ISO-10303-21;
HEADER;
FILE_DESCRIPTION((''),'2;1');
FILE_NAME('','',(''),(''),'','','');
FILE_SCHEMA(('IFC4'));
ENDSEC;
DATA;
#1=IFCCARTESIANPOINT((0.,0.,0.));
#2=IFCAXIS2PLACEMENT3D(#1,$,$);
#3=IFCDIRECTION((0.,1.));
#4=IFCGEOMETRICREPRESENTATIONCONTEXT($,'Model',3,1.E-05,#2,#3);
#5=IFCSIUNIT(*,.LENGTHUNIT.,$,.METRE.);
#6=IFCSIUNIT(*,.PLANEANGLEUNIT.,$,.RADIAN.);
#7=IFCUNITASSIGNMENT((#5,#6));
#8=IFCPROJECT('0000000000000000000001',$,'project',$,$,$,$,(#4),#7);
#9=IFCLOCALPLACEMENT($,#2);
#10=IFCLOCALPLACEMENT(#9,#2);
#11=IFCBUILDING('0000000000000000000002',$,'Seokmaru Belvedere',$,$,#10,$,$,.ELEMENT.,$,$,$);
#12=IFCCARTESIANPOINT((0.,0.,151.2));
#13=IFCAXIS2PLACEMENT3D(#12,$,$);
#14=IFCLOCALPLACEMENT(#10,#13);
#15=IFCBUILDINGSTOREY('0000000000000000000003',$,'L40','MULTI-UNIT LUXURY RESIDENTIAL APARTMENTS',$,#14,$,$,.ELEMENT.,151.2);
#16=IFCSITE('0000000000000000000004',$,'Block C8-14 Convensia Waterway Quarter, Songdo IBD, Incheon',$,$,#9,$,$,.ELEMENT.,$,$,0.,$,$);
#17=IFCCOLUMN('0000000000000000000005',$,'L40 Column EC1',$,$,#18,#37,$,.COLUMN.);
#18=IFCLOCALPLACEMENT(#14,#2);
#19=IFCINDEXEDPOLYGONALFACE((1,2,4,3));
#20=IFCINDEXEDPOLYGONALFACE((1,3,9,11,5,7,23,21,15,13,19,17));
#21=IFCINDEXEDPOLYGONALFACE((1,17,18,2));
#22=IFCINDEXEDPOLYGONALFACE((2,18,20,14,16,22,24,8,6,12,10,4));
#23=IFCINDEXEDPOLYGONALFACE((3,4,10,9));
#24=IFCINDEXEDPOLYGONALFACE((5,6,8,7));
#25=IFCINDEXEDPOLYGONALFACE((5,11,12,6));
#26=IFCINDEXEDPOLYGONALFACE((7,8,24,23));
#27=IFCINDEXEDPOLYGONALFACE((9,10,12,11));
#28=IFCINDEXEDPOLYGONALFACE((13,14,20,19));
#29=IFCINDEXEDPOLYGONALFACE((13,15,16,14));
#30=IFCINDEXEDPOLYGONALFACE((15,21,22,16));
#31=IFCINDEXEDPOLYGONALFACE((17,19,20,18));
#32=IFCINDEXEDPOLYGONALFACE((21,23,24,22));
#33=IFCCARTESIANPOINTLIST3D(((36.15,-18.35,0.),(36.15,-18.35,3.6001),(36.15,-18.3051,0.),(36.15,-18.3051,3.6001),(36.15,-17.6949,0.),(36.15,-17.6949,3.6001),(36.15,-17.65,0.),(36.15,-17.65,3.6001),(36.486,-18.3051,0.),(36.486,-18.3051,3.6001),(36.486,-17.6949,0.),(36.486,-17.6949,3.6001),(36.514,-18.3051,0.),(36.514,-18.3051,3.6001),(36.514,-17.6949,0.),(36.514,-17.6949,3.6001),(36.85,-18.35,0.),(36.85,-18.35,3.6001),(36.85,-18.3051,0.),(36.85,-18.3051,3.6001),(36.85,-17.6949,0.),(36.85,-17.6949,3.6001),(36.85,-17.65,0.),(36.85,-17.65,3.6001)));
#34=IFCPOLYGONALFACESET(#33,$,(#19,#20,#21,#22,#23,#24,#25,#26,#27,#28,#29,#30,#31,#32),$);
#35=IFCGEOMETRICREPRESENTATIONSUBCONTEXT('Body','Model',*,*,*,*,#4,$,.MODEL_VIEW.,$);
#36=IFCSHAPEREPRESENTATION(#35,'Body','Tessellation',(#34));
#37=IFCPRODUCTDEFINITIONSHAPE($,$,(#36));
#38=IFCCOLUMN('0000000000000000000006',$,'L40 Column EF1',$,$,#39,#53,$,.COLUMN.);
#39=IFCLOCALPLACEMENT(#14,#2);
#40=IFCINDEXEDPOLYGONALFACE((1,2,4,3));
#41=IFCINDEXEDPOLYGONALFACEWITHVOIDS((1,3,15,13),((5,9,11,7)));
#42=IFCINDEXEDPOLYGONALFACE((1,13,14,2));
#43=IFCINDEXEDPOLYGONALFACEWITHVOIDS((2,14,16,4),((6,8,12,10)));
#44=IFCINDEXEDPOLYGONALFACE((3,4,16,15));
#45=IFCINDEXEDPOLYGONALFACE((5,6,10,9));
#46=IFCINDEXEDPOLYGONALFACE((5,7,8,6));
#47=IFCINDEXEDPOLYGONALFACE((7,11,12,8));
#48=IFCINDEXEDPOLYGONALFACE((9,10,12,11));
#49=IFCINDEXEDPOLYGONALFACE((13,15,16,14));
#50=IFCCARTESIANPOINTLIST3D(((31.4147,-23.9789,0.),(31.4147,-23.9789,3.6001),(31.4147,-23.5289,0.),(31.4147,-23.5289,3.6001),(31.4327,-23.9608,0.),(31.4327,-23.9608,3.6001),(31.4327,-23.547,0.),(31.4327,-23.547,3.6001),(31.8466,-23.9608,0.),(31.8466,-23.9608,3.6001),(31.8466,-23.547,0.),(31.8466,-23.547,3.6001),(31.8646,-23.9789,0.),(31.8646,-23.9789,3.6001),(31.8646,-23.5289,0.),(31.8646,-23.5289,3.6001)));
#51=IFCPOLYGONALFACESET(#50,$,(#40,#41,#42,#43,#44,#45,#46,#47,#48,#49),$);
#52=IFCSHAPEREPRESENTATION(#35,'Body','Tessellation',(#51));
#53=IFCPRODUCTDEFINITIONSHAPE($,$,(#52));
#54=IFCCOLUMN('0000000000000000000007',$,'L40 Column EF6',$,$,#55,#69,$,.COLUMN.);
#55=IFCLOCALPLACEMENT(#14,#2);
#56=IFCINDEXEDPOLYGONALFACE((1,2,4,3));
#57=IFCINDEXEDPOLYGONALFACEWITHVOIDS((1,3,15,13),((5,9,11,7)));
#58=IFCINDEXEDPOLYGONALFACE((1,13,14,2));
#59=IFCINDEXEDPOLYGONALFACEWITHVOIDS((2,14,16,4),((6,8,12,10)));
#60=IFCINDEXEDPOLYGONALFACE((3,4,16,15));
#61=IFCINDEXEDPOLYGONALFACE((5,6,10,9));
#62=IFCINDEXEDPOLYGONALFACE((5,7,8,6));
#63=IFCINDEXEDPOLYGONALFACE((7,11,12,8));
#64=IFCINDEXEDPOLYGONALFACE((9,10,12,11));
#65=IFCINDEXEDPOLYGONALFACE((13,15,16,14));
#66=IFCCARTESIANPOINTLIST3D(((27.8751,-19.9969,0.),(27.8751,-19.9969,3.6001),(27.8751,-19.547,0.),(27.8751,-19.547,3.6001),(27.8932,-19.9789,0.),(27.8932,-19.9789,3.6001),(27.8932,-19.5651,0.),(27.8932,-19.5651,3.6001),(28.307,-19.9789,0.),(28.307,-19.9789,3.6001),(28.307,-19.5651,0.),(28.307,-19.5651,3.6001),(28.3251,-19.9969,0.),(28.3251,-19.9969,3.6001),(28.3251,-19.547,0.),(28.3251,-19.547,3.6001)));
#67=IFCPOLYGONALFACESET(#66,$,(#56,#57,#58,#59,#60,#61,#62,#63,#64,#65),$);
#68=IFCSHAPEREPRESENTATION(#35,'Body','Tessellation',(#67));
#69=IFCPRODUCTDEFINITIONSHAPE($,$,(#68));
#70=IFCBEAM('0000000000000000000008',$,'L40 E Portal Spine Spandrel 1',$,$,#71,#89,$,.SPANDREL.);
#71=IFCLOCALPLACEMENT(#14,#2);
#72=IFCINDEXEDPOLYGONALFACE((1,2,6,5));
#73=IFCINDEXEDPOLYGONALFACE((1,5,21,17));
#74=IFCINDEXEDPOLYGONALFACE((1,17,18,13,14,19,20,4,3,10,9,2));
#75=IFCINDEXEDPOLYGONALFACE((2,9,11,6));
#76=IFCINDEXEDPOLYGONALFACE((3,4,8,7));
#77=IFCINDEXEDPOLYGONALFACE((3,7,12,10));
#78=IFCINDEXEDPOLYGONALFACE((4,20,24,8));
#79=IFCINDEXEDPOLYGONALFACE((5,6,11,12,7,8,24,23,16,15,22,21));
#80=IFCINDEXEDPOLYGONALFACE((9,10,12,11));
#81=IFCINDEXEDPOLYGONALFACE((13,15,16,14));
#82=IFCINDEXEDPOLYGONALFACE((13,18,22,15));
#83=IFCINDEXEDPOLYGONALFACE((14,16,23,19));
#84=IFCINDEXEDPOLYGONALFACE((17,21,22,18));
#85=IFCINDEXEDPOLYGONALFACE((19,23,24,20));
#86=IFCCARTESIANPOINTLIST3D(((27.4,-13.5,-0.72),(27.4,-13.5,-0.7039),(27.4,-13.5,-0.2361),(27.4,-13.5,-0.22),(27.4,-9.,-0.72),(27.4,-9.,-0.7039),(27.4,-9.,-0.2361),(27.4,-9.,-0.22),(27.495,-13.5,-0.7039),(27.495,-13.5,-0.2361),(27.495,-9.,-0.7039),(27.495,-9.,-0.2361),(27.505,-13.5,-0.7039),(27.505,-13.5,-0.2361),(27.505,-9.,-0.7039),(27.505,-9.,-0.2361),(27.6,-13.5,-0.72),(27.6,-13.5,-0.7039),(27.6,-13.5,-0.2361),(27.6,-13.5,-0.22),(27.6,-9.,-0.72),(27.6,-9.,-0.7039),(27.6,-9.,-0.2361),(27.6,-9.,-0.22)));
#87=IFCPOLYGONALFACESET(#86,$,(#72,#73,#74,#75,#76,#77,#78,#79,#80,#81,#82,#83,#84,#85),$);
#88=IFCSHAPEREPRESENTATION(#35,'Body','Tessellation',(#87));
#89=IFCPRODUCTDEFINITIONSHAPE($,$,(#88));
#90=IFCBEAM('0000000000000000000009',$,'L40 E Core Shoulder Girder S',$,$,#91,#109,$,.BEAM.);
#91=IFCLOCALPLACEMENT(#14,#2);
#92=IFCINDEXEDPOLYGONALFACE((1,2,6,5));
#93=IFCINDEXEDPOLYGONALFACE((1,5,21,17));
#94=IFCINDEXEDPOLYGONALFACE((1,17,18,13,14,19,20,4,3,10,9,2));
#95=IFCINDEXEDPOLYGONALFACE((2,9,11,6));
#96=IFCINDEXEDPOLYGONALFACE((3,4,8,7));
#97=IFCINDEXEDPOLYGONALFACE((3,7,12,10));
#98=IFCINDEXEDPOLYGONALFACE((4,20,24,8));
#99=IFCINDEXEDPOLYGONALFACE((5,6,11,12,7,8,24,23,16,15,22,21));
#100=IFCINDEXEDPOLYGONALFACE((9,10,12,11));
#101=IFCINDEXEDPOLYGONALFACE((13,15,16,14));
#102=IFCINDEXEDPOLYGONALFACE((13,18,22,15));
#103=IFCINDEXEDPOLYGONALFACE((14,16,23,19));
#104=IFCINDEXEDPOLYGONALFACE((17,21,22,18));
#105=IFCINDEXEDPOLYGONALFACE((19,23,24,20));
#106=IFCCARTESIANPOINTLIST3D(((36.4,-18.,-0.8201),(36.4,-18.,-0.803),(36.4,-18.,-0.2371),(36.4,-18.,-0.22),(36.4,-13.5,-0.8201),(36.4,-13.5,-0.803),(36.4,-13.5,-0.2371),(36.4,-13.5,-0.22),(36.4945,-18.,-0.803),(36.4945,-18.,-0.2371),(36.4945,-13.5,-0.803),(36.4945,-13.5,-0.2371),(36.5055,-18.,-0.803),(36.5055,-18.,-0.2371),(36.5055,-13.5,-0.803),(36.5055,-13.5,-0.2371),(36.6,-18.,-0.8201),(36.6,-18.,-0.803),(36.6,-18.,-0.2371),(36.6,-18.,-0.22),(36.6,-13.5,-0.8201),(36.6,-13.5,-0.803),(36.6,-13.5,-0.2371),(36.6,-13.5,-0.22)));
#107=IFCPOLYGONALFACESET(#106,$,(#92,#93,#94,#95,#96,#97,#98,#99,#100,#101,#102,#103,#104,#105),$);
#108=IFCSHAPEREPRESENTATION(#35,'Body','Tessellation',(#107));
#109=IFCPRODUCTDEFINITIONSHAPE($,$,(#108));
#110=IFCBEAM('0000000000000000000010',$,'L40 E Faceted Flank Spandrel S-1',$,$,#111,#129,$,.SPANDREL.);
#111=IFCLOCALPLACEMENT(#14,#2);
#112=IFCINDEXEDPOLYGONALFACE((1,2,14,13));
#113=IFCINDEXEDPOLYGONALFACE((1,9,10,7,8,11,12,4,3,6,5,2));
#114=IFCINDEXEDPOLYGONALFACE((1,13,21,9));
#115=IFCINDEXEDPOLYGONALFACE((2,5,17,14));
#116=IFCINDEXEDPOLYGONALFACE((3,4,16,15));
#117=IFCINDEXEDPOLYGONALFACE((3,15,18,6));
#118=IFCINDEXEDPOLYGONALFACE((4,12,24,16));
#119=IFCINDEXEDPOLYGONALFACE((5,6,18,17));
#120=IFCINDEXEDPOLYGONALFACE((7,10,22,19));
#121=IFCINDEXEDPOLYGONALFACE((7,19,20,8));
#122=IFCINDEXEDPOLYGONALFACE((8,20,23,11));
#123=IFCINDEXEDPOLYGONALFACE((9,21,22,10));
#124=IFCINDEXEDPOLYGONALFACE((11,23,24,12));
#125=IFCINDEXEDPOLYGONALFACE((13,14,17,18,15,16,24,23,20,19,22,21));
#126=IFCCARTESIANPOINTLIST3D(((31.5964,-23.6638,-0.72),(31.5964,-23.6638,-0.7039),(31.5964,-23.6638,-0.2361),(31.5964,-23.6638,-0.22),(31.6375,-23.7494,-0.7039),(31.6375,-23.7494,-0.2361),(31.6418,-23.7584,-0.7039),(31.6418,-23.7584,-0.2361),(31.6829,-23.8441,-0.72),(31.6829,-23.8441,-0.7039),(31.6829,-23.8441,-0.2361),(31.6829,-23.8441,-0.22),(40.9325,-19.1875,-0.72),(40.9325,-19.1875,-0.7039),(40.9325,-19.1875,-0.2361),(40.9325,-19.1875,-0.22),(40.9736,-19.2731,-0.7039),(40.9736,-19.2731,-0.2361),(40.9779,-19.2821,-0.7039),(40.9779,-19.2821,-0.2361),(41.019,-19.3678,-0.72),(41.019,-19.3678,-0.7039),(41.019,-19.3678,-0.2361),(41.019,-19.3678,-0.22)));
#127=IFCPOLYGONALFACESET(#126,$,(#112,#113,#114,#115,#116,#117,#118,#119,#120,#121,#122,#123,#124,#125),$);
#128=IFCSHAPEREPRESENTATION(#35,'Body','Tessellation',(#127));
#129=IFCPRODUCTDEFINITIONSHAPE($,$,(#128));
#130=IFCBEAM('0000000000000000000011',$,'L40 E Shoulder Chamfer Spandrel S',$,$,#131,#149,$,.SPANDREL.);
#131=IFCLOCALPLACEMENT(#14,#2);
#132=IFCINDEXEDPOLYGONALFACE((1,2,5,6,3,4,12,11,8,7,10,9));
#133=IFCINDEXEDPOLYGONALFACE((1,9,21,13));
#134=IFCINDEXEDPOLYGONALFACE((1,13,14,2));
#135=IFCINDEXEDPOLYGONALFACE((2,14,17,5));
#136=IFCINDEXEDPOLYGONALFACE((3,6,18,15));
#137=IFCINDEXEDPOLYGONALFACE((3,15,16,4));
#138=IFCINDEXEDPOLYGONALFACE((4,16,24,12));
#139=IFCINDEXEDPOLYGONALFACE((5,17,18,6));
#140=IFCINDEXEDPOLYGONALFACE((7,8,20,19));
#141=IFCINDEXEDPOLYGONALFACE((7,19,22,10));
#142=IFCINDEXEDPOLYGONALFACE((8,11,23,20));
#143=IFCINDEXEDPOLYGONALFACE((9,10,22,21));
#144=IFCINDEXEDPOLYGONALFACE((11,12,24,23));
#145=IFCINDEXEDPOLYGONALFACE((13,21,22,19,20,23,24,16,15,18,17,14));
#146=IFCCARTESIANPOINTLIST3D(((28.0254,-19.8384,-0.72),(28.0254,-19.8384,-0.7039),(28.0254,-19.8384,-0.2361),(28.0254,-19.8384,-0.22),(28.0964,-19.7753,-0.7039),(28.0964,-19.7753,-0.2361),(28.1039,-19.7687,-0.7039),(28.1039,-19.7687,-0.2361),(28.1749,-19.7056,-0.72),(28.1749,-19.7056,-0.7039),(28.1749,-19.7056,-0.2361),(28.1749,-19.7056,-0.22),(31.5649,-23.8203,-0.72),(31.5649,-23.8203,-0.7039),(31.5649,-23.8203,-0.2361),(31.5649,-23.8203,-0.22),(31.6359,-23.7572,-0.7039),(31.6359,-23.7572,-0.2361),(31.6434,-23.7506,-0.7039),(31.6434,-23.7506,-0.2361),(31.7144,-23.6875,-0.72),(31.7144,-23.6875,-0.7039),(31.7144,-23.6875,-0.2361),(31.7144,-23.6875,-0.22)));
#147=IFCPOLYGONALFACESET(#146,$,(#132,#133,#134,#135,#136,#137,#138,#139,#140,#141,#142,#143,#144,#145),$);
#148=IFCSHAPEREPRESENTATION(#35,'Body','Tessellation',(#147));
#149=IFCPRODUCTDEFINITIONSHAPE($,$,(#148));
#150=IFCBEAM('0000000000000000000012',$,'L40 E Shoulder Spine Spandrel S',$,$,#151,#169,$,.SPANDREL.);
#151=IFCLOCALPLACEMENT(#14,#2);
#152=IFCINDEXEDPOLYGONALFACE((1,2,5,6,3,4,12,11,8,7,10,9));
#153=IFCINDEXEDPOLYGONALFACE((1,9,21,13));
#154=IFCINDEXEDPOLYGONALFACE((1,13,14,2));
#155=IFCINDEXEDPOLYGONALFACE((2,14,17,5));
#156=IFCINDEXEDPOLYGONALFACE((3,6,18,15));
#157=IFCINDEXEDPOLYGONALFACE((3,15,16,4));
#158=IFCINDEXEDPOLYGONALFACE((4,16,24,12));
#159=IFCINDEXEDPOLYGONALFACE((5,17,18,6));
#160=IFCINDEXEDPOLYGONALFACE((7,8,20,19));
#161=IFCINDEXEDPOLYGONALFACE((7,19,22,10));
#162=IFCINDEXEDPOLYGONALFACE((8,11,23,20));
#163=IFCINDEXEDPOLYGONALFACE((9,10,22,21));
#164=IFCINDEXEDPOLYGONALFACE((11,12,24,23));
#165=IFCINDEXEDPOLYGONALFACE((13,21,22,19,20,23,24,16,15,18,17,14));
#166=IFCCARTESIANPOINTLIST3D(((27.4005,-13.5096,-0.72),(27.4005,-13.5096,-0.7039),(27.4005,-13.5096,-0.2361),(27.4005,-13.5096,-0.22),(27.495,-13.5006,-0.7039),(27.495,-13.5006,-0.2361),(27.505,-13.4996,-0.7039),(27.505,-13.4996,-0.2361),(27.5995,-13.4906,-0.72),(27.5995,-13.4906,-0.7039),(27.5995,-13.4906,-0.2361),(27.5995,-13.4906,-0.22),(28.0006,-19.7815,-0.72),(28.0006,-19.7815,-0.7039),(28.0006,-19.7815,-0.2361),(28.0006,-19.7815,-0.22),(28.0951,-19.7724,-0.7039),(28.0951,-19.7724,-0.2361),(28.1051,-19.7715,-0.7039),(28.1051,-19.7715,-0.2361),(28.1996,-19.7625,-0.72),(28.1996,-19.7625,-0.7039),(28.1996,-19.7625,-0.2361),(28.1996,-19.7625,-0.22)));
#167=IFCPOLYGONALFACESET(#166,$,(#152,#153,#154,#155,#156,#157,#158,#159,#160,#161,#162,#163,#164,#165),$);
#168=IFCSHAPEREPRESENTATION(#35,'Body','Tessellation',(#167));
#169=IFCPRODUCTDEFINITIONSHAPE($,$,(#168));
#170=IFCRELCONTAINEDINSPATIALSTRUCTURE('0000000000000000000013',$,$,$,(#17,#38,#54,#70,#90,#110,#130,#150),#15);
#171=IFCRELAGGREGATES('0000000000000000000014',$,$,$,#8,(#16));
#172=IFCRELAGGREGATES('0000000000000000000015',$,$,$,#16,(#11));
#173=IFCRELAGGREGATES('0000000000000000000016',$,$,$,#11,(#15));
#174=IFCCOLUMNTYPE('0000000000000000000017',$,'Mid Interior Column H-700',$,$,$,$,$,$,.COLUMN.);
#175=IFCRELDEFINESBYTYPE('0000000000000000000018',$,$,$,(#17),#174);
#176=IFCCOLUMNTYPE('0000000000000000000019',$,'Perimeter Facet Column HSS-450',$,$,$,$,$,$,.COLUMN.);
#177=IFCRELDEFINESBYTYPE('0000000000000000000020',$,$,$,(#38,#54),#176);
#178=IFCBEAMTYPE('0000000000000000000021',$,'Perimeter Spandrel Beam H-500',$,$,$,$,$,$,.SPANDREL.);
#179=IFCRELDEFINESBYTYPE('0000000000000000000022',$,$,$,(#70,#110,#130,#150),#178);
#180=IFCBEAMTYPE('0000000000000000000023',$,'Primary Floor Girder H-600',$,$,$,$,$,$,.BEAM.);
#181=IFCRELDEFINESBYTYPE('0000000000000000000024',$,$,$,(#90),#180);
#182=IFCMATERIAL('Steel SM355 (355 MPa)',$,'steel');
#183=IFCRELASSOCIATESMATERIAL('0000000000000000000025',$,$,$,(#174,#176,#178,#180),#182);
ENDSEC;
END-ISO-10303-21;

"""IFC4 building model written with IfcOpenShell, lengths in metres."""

from ifc_helpers import new_model, si_unit, direction, frame, origin, origin_2d, place, context, subcontext, project, spatial, hollow_rectangle, i_section, extrude, source, transform, mapped, material, material_profile, profile_set, type_object, type_shapes, element, save


model = new_model("IFC4")

# Units and contexts
model_context = context("Model", 3, precision=1e-05, world=origin(), true_north=direction((0.0, 1.0)))
body_context = subcontext(model_context, "Body", "Model", "MODEL_VIEW")
ifc_project = project(units=[si_unit("LENGTHUNIT", "METRE"), si_unit("PLANEANGLEUNIT", "RADIAN")], contexts=[model_context])

# Site, building, storey
site_placement = place(None, origin())
site = spatial("IfcSite", under=ifc_project, at=site_placement, Name="Block C8-14 Convensia Waterway Quarter, Songdo IBD, Incheon", CompositionType="ELEMENT", RefElevation=0.0)
building_placement = place(site_placement, origin())
building = spatial("IfcBuilding", under=site, at=building_placement, Name="Seokmaru Belvedere", CompositionType="ELEMENT")
storey_placement = place(building_placement, frame((0.0, 0.0, 151.2)))
storey = spatial("IfcBuildingStorey", under=building, at=storey_placement, Name="L40", Description="MULTI-UNIT LUXURY RESIDENTIAL APARTMENTS", CompositionType="ELEMENT", Elevation=151.2)

# Columns
ifc_material_1 = material(Name="Steel SM355 (355 MPa)", Category="steel")
ifc_material_profile_1 = material_profile(ifc_material_1, i_section(OverallWidth=0.7, OverallDepth=0.7, WebThickness=0.0281, FlangeThickness=0.0449, at=origin_2d()), Name="H-700x700x28x45")
ifc_profile_set_1 = profile_set([ifc_material_profile_1], Name="Steel SM355 (355 MPa)")
column_type_1 = type_object("IfcColumnType", Name="Mid Interior Column H-700", PredefinedType="COLUMN", material=ifc_profile_set_1)
shared_shape_1 = source(origin(), body_context, "Body", "SweptSolid", [
    extrude(i_section(OverallWidth=0.7, OverallDepth=0.7, WebThickness=0.0281, FlangeThickness=0.0449, at=origin_2d()), origin(), (0.0, 0.0, 1.0), 3.6001),
])
type_shapes(column_type_1, [shared_shape_1])
column_placement = place(storey_placement, frame((36.5, -18.0, 0.0), z_axis=(0.0, 0.0, 1.0), x_axis=(1.0, 0.0, 0.0)))
element("IfcColumn", 1, at=column_placement, inside=storey, type_object=column_type_1, Name="L40 Column EC1", PredefinedType="COLUMN", context=body_context, shape_type="MappedRepresentation", body=[
    mapped(shared_shape_1, transform((0.0, 0.0, 0.0), scale=1.0)),
])
ifc_material_profile_2 = material_profile(ifc_material_1, hollow_rectangle(XDim=0.45, YDim=0.45, WallThickness=0.0181, at=origin_2d()), Name="HSS-450x450x18")
ifc_profile_set_2 = profile_set([ifc_material_profile_2], Name="Steel SM355 (355 MPa)")
column_type_2 = type_object("IfcColumnType", Name="Perimeter Facet Column HSS-450", PredefinedType="COLUMN", material=ifc_profile_set_2)
shared_shape_2 = source(origin(), body_context, "Body", "SweptSolid", [
    extrude(hollow_rectangle(XDim=0.45, YDim=0.45, WallThickness=0.0181, at=origin_2d()), origin(), (0.0, 0.0, 1.0), 3.6001),
])
type_shapes(column_type_2, [shared_shape_2])
for number, where, z_axis, x_axis, name in (
    (2, (31.6396, -23.7539, 0.0), (0.0, 0.0, 1.0), (1.0, 0.0, 0.0), "L40 Column EF1"),
    (3, (28.1001, -19.772, 0.0), (0.0, 0.0, 1.0), (1.0, 0.0, 0.0), "L40 Column EF6"),
):
    element("IfcColumn", number, at=place(storey_placement, frame(where, z_axis=z_axis, x_axis=x_axis)), inside=storey, type_object=column_type_2, Name=name, PredefinedType="COLUMN", context=body_context, shape_type="MappedRepresentation", body=[
        mapped(shared_shape_2, transform((0.0, 0.0, 0.0), scale=1.0)),
    ])

# Beams
ifc_material_profile_3 = material_profile(ifc_material_1, i_section(OverallWidth=0.2, OverallDepth=0.5, WebThickness=0.01, FlangeThickness=0.0161, at=origin_2d()), Name="H-500x200x10x16")
ifc_profile_set_3 = profile_set([ifc_material_profile_3], Name="Steel SM355 (355 MPa)")
beam_type_1 = type_object("IfcBeamType", Name="Perimeter Spandrel Beam H-500", PredefinedType="SPANDREL", material=ifc_profile_set_3)
shared_shape_3 = source(origin(), body_context, "Body", "SweptSolid", [
    extrude(i_section(OverallWidth=0.2, OverallDepth=0.5, WebThickness=0.01, FlangeThickness=0.0161, at=origin_2d()), origin(), (0.0, 0.0, 1.0), 4.5),
])
beam_1_placement = place(storey_placement, frame((27.5, -13.5, -0.47), z_axis=(0.0, 1.0, 0.0), x_axis=(-1.0, 0.0, 0.0)))
element("IfcBeam", 4, at=beam_1_placement, inside=storey, type_object=beam_type_1, Name="L40 E Portal Spine Spandrel 1", PredefinedType="SPANDREL", context=body_context, shape_type="MappedRepresentation", body=[
    mapped(shared_shape_3, transform((0.0, 0.0, 0.0), scale=1.0)),
])
ifc_material_profile_4 = material_profile(ifc_material_1, i_section(OverallWidth=0.2, OverallDepth=0.6001, WebThickness=0.011, FlangeThickness=0.0171, at=origin_2d()), Name="H-600x200x11x17")
ifc_profile_set_4 = profile_set([ifc_material_profile_4], Name="Steel SM355 (355 MPa)")
beam_type_2 = type_object("IfcBeamType", Name="Primary Floor Girder H-600", PredefinedType="BEAM", material=ifc_profile_set_4)
shared_shape_4 = source(origin(), body_context, "Body", "SweptSolid", [
    extrude(i_section(OverallWidth=0.2, OverallDepth=0.6001, WebThickness=0.011, FlangeThickness=0.0171, at=origin_2d()), origin(), (0.0, 0.0, 1.0), 4.5),
])
type_shapes(beam_type_2, [shared_shape_4])
beam_2_placement = place(storey_placement, frame((36.5, -18.0, -0.52), z_axis=(0.0, 1.0, 0.0), x_axis=(-1.0, 0.0, 0.0)))
element("IfcBeam", 5, at=beam_2_placement, inside=storey, type_object=beam_type_2, Name="L40 E Core Shoulder Girder S", PredefinedType="BEAM", context=body_context, shape_type="MappedRepresentation", body=[
    mapped(shared_shape_4, transform((0.0, 0.0, 0.0), scale=1.0)),
])
shared_shape_5 = source(origin(), body_context, "Body", "SweptSolid", [
    extrude(i_section(OverallWidth=0.2, OverallDepth=0.5, WebThickness=0.01, FlangeThickness=0.0161, at=origin_2d()), origin(), (0.0, 0.0, 1.0), 10.3538),
])
beam_3_placement = place(storey_placement, frame((31.6396, -23.7539, -0.47), z_axis=(0.901713, 0.432335, 0.0), x_axis=(-0.432335, 0.901713, 0.0)))
element("IfcBeam", 6, at=beam_3_placement, inside=storey, type_object=beam_type_1, Name="L40 E Faceted Flank Spandrel S-1", PredefinedType="SPANDREL", context=body_context, shape_type="MappedRepresentation", body=[
    mapped(shared_shape_5, transform((0.0, 0.0, 0.0), scale=1.0)),
])
shared_shape_6 = source(origin(), body_context, "Body", "SweptSolid", [
    extrude(i_section(OverallWidth=0.2, OverallDepth=0.5, WebThickness=0.01, FlangeThickness=0.0161, at=origin_2d()), origin(), (0.0, 0.0, 1.0), 5.3276),
])
beam_4_placement = place(storey_placement, frame((31.6396, -23.7539, -0.47), z_axis=(-0.66437, 0.747404, 0.0), x_axis=(-0.747404, -0.66437, 0.0)))
element("IfcBeam", 7, at=beam_4_placement, inside=storey, type_object=beam_type_1, Name="L40 E Shoulder Chamfer Spandrel S", PredefinedType="SPANDREL", context=body_context, shape_type="MappedRepresentation", body=[
    mapped(shared_shape_6, transform((0.0, 0.0, 0.0), scale=1.0)),
])
shared_shape_7 = source(origin(), body_context, "Body", "SweptSolid", [
    extrude(i_section(OverallWidth=0.2, OverallDepth=0.5, WebThickness=0.01, FlangeThickness=0.0161, at=origin_2d()), origin(), (0.0, 0.0, 1.0), 6.3005),
])
type_shapes(beam_type_1, [shared_shape_3, shared_shape_5, shared_shape_6, shared_shape_7])
beam_5_placement = place(storey_placement, frame((28.1001, -19.772, -0.47), z_axis=(-0.095244, 0.995454, 0.0), x_axis=(-0.995454, -0.095244, 0.0)))
element("IfcBeam", 8, at=beam_5_placement, inside=storey, type_object=beam_type_1, Name="L40 E Shoulder Spine Spandrel S", PredefinedType="SPANDREL", context=body_context, shape_type="MappedRepresentation", body=[
    mapped(shared_shape_7, transform((0.0, 0.0, 0.0), scale=1.0)),
])

save(model, "model.ifc")
